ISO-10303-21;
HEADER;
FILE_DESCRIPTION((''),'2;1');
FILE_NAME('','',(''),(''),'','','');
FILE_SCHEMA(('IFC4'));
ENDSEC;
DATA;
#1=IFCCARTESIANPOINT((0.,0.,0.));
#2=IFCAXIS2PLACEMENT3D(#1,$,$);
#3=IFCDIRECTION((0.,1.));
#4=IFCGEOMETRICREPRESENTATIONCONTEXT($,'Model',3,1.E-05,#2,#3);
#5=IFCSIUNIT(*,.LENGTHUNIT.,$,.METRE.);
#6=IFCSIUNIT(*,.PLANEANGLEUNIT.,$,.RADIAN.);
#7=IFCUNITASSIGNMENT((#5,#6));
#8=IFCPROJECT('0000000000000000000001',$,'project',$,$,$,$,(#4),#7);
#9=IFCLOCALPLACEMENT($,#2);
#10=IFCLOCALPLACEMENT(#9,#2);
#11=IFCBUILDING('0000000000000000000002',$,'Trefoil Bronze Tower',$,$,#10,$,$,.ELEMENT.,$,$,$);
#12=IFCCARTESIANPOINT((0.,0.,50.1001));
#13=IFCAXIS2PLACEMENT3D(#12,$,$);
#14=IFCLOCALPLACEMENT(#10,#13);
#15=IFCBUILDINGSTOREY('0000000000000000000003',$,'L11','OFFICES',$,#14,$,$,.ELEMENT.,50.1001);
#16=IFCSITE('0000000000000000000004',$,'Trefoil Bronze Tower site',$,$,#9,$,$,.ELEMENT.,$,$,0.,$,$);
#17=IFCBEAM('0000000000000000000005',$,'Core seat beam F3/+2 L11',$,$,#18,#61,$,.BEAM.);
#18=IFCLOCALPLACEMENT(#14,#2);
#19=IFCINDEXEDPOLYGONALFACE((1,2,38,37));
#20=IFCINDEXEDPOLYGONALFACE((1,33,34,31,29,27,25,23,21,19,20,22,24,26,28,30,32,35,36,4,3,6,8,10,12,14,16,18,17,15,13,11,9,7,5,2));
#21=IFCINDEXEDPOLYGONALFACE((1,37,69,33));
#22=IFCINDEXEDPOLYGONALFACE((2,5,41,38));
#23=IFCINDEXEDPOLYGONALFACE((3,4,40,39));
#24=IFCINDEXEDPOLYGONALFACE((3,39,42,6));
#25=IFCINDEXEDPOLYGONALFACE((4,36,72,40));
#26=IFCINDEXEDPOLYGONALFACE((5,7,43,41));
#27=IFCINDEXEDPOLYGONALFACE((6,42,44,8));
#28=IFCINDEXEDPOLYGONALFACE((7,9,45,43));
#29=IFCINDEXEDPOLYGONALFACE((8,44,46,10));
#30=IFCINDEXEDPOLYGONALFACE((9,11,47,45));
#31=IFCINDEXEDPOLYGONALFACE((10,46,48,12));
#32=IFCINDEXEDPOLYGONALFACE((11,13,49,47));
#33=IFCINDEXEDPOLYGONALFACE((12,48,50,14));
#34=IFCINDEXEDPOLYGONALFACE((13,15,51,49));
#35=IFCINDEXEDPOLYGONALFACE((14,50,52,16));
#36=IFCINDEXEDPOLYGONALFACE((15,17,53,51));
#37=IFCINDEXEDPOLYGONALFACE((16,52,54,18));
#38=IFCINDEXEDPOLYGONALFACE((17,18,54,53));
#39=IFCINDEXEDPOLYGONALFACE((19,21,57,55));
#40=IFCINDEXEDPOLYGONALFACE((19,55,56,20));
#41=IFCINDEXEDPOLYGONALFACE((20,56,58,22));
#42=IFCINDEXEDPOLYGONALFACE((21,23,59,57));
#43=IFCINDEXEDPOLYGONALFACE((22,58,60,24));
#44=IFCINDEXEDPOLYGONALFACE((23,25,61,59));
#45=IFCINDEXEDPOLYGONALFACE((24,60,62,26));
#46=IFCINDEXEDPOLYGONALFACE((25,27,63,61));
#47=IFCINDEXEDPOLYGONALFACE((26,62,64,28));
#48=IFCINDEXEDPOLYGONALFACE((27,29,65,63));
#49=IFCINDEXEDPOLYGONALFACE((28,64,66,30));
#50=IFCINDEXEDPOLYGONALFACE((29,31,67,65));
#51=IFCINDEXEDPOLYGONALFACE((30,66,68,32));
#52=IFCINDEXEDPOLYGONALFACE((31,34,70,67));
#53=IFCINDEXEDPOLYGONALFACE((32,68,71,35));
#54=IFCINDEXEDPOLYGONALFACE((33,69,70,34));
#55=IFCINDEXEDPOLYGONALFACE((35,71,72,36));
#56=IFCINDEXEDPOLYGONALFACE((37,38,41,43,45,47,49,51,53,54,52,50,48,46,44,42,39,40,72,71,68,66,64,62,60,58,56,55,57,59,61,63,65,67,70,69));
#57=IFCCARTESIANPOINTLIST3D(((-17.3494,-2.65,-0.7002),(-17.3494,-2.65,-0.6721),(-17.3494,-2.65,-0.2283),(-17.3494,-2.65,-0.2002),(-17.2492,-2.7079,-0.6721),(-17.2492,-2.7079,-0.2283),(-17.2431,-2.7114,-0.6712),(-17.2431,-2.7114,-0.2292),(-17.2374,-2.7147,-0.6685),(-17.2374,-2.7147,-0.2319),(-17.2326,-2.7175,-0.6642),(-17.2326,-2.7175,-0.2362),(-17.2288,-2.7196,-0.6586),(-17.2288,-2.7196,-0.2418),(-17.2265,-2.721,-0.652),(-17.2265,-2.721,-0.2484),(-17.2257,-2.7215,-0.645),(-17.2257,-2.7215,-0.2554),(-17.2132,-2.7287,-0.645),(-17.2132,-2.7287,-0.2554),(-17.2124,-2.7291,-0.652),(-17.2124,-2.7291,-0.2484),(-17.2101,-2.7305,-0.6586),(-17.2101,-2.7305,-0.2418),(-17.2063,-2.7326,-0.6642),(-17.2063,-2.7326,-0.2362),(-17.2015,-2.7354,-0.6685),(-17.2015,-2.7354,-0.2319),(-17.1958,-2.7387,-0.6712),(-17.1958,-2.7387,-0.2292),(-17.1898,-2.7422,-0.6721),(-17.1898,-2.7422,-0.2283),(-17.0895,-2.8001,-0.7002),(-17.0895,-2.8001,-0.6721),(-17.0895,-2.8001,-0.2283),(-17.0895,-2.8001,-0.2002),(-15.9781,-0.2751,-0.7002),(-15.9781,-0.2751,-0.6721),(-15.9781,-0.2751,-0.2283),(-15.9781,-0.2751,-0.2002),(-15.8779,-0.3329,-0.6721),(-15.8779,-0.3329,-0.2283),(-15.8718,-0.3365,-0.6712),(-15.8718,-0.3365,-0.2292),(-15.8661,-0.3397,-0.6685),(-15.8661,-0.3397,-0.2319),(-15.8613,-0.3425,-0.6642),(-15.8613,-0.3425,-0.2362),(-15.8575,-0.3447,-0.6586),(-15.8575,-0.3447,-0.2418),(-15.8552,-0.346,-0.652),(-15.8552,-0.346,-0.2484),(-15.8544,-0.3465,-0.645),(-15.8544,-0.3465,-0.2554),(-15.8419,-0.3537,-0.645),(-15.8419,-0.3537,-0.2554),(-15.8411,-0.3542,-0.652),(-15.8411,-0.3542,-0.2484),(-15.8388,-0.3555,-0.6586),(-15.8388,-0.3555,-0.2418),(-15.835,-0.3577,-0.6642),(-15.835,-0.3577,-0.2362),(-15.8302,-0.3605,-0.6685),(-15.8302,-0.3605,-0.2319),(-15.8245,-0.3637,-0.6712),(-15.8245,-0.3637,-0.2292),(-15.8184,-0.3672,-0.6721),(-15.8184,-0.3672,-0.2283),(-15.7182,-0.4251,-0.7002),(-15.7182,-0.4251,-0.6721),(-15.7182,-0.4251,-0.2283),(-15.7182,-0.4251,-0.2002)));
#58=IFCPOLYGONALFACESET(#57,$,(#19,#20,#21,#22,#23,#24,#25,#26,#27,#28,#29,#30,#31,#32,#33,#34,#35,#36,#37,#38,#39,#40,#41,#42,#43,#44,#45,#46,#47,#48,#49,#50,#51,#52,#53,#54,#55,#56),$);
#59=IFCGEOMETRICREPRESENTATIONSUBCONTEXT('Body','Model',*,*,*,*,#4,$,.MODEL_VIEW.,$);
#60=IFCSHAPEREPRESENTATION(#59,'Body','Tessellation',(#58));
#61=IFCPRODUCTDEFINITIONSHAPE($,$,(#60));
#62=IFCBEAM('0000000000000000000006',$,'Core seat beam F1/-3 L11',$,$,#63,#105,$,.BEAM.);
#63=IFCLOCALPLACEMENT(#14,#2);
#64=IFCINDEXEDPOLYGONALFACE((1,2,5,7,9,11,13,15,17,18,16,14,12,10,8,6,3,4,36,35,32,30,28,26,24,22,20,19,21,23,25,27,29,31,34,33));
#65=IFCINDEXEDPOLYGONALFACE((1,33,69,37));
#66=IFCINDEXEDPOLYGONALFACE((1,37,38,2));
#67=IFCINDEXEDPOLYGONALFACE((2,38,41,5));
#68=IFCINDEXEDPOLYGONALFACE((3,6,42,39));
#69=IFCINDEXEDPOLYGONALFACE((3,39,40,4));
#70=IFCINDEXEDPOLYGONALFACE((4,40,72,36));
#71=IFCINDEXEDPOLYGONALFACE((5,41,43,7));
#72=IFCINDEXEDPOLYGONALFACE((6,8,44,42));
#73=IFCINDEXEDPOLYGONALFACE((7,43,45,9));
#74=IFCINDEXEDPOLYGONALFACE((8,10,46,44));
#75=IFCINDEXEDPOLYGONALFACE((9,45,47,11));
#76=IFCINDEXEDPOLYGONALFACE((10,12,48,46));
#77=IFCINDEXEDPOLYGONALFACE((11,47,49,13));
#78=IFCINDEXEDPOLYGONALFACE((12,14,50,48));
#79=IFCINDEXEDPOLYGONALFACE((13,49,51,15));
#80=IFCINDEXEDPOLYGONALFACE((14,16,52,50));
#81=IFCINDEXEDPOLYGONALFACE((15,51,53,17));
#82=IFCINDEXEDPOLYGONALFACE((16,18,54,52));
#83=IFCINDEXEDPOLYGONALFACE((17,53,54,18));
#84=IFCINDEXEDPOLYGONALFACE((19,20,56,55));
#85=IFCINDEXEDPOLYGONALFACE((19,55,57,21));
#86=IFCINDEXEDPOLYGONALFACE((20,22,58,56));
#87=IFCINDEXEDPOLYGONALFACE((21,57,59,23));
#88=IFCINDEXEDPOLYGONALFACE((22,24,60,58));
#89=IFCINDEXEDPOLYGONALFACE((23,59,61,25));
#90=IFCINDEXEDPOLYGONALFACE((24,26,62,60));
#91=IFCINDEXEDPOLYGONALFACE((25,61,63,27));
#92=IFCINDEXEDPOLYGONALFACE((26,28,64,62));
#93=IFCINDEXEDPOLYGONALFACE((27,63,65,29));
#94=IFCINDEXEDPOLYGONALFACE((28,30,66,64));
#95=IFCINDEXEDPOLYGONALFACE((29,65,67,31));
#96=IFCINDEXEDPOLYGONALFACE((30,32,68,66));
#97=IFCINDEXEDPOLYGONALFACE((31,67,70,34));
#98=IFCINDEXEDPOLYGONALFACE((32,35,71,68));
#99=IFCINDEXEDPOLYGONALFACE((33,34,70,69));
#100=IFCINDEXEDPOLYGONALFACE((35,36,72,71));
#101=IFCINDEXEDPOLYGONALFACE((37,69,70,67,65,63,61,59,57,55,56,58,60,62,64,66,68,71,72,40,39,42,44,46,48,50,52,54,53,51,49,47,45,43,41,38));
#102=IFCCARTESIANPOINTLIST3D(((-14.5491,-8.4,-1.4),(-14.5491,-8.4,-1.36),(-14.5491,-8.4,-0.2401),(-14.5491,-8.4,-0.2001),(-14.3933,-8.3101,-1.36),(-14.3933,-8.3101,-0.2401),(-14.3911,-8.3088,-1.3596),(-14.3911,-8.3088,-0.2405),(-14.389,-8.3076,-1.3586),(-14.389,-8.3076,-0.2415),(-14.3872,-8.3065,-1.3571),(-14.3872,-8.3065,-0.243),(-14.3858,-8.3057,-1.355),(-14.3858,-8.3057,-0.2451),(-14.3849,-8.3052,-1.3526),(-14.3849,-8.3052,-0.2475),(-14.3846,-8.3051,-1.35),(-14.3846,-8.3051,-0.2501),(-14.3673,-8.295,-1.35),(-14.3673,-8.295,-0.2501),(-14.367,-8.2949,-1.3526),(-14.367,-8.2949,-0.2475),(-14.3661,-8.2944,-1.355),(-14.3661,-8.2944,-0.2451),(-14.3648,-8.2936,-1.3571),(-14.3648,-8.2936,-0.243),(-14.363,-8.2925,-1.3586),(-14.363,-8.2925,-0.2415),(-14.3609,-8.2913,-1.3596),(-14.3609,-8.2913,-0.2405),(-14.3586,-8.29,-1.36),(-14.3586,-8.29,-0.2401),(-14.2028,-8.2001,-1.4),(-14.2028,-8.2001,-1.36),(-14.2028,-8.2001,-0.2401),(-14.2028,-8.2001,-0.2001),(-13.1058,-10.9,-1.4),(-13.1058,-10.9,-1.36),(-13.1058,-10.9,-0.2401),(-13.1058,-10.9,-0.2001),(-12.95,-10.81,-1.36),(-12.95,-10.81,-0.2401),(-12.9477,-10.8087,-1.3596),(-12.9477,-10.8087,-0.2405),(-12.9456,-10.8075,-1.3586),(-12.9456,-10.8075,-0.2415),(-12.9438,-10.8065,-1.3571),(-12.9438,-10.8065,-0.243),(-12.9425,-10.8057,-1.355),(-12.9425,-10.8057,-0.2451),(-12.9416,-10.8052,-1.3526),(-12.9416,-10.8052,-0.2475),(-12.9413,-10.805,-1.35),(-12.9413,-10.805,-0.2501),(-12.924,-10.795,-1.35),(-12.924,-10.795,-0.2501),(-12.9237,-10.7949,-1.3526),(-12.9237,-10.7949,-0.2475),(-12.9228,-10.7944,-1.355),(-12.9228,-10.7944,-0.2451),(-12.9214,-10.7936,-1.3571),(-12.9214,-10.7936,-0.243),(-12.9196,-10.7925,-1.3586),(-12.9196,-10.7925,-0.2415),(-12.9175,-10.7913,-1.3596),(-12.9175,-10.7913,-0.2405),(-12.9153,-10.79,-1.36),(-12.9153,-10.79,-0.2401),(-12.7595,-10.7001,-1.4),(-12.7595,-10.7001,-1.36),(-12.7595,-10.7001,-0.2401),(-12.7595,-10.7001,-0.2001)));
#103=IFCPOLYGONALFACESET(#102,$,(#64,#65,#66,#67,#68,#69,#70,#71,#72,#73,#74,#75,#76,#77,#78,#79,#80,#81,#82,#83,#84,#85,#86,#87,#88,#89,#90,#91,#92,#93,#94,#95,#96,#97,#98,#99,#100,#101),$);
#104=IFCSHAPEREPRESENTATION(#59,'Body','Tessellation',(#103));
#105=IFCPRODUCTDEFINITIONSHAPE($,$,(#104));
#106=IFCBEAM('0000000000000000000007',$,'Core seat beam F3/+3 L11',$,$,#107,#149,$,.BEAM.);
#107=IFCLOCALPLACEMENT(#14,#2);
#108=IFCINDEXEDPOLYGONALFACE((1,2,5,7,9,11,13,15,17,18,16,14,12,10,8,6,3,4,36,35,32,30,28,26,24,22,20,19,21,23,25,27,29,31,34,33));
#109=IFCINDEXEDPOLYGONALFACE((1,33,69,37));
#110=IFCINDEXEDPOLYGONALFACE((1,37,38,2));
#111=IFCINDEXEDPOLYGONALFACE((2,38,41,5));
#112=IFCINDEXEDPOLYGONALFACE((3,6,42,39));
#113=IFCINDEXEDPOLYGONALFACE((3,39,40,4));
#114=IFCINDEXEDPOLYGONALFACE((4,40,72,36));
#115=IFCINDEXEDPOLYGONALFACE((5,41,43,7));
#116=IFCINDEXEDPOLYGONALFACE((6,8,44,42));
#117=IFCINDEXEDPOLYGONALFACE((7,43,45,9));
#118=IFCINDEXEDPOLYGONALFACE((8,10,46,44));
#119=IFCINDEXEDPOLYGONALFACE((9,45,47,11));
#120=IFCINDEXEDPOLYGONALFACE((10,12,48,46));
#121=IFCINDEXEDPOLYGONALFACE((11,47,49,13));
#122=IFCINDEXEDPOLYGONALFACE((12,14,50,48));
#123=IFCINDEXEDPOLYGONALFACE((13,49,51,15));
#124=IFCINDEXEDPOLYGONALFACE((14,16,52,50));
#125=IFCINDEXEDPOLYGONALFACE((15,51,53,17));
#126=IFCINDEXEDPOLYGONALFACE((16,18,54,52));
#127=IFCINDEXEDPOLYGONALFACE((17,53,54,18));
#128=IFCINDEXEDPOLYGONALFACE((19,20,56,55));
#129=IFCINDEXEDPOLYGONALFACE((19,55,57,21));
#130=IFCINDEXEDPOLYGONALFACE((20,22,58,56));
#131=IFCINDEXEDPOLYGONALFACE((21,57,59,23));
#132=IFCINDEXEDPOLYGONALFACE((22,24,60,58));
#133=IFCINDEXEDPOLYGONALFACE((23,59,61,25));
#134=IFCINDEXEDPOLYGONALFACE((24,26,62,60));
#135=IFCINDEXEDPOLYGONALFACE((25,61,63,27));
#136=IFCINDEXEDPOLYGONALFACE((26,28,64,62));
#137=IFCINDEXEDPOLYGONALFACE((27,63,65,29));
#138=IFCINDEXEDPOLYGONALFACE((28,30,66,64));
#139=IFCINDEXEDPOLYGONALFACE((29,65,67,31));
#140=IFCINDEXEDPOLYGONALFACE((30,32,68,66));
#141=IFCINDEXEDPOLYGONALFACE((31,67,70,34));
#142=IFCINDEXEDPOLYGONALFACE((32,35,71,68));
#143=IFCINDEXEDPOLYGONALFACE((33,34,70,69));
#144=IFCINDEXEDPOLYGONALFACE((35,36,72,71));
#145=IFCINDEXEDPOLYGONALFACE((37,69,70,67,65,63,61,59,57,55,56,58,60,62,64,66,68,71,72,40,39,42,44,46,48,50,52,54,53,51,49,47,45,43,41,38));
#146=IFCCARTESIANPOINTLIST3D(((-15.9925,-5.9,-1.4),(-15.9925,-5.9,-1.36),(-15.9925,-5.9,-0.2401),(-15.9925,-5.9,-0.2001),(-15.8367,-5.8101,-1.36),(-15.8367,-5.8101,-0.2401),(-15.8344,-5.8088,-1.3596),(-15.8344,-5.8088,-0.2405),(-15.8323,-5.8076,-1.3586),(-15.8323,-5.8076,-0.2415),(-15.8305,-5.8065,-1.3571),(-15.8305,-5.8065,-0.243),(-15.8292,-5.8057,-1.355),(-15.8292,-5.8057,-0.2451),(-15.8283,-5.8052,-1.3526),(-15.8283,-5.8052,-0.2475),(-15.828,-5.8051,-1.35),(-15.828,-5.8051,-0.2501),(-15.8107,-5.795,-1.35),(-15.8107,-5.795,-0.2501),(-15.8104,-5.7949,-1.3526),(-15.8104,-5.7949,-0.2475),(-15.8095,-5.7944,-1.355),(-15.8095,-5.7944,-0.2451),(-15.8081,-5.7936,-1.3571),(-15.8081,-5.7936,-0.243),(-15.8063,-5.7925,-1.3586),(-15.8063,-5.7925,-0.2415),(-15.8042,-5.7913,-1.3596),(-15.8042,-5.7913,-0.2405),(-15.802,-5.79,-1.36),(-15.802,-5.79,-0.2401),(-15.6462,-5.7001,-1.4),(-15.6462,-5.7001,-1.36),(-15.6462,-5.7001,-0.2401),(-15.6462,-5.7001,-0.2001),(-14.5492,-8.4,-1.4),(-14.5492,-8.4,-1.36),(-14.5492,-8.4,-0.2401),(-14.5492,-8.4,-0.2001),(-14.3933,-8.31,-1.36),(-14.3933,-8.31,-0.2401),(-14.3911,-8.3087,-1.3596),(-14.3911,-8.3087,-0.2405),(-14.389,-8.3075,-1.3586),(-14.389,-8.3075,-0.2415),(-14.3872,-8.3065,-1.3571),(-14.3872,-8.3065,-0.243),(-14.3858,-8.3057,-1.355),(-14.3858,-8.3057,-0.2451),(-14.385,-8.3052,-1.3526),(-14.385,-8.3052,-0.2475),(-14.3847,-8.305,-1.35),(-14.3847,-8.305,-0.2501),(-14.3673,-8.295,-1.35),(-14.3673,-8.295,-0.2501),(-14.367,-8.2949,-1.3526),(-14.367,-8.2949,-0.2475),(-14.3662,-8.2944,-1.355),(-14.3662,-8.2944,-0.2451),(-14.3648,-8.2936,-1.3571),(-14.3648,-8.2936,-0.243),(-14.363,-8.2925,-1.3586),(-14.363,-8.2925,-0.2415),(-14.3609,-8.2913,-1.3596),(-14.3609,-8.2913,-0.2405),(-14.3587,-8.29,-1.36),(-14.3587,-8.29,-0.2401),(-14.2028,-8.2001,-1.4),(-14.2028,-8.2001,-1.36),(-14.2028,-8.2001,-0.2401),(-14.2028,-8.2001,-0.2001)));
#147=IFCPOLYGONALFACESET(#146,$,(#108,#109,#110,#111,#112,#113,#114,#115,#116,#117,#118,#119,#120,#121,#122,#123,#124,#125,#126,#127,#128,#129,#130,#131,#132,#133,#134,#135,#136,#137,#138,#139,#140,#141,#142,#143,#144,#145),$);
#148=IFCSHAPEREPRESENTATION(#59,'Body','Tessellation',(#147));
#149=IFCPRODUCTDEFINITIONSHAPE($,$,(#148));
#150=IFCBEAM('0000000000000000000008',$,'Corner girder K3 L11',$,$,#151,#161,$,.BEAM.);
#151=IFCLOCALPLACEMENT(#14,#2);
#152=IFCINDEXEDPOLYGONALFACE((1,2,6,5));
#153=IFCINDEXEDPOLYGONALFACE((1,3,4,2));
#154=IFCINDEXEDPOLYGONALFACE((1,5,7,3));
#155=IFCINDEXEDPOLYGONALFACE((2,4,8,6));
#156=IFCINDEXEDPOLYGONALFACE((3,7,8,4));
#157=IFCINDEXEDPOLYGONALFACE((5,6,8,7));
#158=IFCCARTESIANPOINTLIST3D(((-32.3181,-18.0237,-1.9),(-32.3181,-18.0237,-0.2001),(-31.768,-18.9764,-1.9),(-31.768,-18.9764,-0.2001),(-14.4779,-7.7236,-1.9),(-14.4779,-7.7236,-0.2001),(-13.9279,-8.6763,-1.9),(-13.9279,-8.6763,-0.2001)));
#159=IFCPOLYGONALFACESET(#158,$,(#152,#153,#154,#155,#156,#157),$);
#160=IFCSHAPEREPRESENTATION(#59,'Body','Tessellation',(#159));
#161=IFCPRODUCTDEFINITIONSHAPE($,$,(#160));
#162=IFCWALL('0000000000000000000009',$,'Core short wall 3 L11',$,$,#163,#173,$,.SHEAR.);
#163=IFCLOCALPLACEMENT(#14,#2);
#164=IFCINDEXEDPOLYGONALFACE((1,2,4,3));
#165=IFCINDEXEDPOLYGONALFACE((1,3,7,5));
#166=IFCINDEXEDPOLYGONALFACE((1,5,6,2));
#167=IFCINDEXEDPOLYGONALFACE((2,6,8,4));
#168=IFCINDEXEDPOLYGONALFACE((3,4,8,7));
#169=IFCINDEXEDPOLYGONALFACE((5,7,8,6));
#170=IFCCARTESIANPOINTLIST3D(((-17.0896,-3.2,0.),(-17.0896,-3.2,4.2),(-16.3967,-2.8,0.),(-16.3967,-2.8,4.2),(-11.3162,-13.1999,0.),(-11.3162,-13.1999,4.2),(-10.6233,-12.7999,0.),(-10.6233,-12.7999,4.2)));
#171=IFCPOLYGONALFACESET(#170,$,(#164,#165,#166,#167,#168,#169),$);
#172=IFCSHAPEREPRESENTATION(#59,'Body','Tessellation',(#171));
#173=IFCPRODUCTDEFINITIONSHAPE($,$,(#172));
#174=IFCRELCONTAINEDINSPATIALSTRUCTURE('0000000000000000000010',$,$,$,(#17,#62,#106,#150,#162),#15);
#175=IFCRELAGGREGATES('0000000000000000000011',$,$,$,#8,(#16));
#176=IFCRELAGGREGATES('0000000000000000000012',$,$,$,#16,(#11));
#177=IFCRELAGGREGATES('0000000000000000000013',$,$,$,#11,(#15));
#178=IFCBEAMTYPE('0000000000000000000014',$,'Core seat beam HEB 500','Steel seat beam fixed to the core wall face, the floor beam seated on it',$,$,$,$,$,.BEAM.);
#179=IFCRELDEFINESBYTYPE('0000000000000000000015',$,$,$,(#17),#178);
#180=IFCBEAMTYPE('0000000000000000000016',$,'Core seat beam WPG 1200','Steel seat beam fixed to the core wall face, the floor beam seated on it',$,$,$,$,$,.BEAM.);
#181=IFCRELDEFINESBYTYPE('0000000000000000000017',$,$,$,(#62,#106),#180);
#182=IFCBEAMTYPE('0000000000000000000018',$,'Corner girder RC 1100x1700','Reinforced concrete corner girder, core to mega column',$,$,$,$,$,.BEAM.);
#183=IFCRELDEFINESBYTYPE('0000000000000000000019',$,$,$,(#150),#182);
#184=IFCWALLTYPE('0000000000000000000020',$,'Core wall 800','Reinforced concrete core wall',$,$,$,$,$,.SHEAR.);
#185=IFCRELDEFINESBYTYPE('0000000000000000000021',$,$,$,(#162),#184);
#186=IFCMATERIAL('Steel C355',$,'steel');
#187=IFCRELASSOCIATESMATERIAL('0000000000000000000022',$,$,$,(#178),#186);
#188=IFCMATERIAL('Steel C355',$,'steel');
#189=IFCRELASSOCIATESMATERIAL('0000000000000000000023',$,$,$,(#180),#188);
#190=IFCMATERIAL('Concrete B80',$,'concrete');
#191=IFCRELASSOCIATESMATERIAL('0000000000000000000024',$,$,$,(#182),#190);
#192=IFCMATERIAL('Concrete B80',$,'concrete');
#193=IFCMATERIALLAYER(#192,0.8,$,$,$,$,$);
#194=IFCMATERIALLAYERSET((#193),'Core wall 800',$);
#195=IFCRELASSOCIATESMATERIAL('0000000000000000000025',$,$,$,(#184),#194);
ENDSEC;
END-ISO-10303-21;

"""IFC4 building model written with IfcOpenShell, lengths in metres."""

from ifc_helpers import new_model, si_unit, direction, frame, frame_2d, origin, origin_2d, place, context, subcontext, project, spatial, rectangle, i_section, extrude, material, layer, layer_set, material_profile, profile_set, type_object, element, save


model = new_model("IFC4")

# Units and contexts
model_context = context("Model", 3, precision=1e-05, world=origin(), true_north=direction((0.0, 1.0)))
body_context = subcontext(model_context, "Body", "Model", "MODEL_VIEW")
ifc_project = project(units=[si_unit("LENGTHUNIT", "METRE"), si_unit("PLANEANGLEUNIT", "RADIAN")], contexts=[model_context])

# Site, building, storey
site_placement = place(None, origin())
site = spatial("IfcSite", under=ifc_project, at=site_placement, Name="Trefoil Bronze Tower site", CompositionType="ELEMENT", RefElevation=0.0)
building_placement = place(site_placement, origin())
building = spatial("IfcBuilding", under=site, at=building_placement, Name="Trefoil Bronze Tower", CompositionType="ELEMENT")
storey_placement = place(building_placement, frame((0.0, 0.0, 50.1001)))
storey = spatial("IfcBuildingStorey", under=building, at=storey_placement, Name="L11", Description="OFFICES", CompositionType="ELEMENT", Elevation=50.1001)

# Beams
ifc_material_1 = material(Name="Steel C355", Category="steel")
ifc_material_profile_1 = material_profile(ifc_material_1, i_section(OverallWidth=0.3, OverallDepth=0.5, WebThickness=0.0144, FlangeThickness=0.0281, FilletRadius=0.0271, at=origin_2d()), Name="HEB 500")
ifc_profile_set_1 = profile_set([ifc_material_profile_1], Name="Steel C355")
beam_type_1 = type_object("IfcBeamType", Name="Core seat beam HEB 500", Description="Steel seat beam fixed to the core wall face, the floor beam seated on it", PredefinedType="BEAM", material=ifc_profile_set_1)
beam_1_placement = place(storey_placement, frame((-15.8481, -0.3501, -0.4502), z_axis=(-0.500036, -0.866005, 0.0), x_axis=(0.866005, -0.500036, 0.0)))
element("IfcBeam", 1, at=beam_1_placement, inside=storey, type_object=beam_type_1, Name="Core seat beam F3/+2 L11", PredefinedType="BEAM", context=body_context, shape_type="SweptSolid", body=[
    extrude(i_section(OverallWidth=0.3, OverallDepth=0.5, WebThickness=0.0144, FlangeThickness=0.0281, FilletRadius=0.0271, at=origin_2d()), origin(), (0.0, 0.0, 1.0), 2.7424),
])
ifc_material_2 = material(Name="Steel C355", Category="steel")
ifc_material_profile_2 = material_profile(ifc_material_2, i_section(OverallWidth=0.3999, OverallDepth=1.2, WebThickness=0.02, FlangeThickness=0.04, FilletRadius=0.01, at=origin_2d()), Name="WPG 1200")
ifc_profile_set_2 = profile_set([ifc_material_profile_2], Name="Steel C355")
beam_type_2 = type_object("IfcBeamType", Name="Core seat beam WPG 1200", Description="Steel seat beam fixed to the core wall face, the floor beam seated on it", PredefinedType="BEAM", material=ifc_profile_set_2)
for number, where, z_axis, x_axis, name in (
    (2, (-14.376, -8.3, -0.8), (0.499996, -0.866028, 0.0), (0.866028, 0.499996, 0.0), "Core seat beam F1/-3 L11"),
    (3, (-15.8193, -5.8, -0.8), (0.499996, -0.866028, 0.0), (0.866028, 0.499996, 0.0), "Core seat beam F3/+3 L11"),
):
    element("IfcBeam", number, at=place(storey_placement, frame(where, z_axis=z_axis, x_axis=x_axis)), inside=storey, type_object=beam_type_2, Name=name, PredefinedType="BEAM", context=body_context, shape_type="SweptSolid", body=[
        extrude(i_section(OverallWidth=0.3999, OverallDepth=1.2, WebThickness=0.02, FlangeThickness=0.04, FilletRadius=0.01, at=origin_2d()), origin(), (0.0, 0.0, 1.0), 2.8867),
    ])
ifc_material_3 = material(Name="Concrete B80", Category="concrete")
ifc_material_profile_3 = material_profile(ifc_material_3, rectangle(XDim=1.1001, YDim=1.7, at=origin_2d()), Name="RC 1100x1700")
ifc_profile_set_3 = profile_set([ifc_material_profile_3], Name="Concrete B80")
beam_type_3 = type_object("IfcBeamType", Name="Corner girder RC 1100x1700", Description="Reinforced concrete corner girder, core to mega column", PredefinedType="BEAM", material=ifc_profile_set_3)
beam_2_placement = place(storey_placement, frame((-14.2029, -8.2, -1.05), z_axis=(-0.866024, -0.500003, 0.0), x_axis=(0.500003, -0.866024, 0.0)))
element("IfcBeam", 4, at=beam_2_placement, inside=storey, type_object=beam_type_3, Name="Corner girder K3 L11", PredefinedType="BEAM", context=body_context, shape_type="SweptSolid", body=[
    extrude(rectangle(XDim=1.1001, YDim=1.7, at=origin_2d()), origin(), (0.0, 0.0, 1.0), 20.6001),
])

# Wall
ifc_material_4 = material(Name="Concrete B80", Category="concrete")
ifc_layer_1 = layer(ifc_material_4, 0.8)
ifc_layer_set_1 = layer_set([ifc_layer_1], Name="Core wall 800")
wall_type_1 = type_object("IfcWallType", Name="Core wall 800", Description="Reinforced concrete core wall", PredefinedType="SHEAR", material=ifc_layer_set_1)
wall_1_placement = place(storey_placement, frame((-16.7432, -3.0, 0.0), z_axis=(0.0, 0.0, 1.0), x_axis=(0.499996, -0.866028, 0.0)))
element("IfcWall", 5, at=wall_1_placement, inside=storey, type_object=wall_type_1, Name="Core short wall 3 L11", PredefinedType="SHEAR", context=body_context, shape_type="SweptSolid", body=[
    extrude(rectangle(XDim=11.5469, YDim=0.8, at=frame_2d((5.7734, 0.0))), origin(), (0.0, 0.0, 1.0), 4.2),
])

save(model, "model.ifc")
